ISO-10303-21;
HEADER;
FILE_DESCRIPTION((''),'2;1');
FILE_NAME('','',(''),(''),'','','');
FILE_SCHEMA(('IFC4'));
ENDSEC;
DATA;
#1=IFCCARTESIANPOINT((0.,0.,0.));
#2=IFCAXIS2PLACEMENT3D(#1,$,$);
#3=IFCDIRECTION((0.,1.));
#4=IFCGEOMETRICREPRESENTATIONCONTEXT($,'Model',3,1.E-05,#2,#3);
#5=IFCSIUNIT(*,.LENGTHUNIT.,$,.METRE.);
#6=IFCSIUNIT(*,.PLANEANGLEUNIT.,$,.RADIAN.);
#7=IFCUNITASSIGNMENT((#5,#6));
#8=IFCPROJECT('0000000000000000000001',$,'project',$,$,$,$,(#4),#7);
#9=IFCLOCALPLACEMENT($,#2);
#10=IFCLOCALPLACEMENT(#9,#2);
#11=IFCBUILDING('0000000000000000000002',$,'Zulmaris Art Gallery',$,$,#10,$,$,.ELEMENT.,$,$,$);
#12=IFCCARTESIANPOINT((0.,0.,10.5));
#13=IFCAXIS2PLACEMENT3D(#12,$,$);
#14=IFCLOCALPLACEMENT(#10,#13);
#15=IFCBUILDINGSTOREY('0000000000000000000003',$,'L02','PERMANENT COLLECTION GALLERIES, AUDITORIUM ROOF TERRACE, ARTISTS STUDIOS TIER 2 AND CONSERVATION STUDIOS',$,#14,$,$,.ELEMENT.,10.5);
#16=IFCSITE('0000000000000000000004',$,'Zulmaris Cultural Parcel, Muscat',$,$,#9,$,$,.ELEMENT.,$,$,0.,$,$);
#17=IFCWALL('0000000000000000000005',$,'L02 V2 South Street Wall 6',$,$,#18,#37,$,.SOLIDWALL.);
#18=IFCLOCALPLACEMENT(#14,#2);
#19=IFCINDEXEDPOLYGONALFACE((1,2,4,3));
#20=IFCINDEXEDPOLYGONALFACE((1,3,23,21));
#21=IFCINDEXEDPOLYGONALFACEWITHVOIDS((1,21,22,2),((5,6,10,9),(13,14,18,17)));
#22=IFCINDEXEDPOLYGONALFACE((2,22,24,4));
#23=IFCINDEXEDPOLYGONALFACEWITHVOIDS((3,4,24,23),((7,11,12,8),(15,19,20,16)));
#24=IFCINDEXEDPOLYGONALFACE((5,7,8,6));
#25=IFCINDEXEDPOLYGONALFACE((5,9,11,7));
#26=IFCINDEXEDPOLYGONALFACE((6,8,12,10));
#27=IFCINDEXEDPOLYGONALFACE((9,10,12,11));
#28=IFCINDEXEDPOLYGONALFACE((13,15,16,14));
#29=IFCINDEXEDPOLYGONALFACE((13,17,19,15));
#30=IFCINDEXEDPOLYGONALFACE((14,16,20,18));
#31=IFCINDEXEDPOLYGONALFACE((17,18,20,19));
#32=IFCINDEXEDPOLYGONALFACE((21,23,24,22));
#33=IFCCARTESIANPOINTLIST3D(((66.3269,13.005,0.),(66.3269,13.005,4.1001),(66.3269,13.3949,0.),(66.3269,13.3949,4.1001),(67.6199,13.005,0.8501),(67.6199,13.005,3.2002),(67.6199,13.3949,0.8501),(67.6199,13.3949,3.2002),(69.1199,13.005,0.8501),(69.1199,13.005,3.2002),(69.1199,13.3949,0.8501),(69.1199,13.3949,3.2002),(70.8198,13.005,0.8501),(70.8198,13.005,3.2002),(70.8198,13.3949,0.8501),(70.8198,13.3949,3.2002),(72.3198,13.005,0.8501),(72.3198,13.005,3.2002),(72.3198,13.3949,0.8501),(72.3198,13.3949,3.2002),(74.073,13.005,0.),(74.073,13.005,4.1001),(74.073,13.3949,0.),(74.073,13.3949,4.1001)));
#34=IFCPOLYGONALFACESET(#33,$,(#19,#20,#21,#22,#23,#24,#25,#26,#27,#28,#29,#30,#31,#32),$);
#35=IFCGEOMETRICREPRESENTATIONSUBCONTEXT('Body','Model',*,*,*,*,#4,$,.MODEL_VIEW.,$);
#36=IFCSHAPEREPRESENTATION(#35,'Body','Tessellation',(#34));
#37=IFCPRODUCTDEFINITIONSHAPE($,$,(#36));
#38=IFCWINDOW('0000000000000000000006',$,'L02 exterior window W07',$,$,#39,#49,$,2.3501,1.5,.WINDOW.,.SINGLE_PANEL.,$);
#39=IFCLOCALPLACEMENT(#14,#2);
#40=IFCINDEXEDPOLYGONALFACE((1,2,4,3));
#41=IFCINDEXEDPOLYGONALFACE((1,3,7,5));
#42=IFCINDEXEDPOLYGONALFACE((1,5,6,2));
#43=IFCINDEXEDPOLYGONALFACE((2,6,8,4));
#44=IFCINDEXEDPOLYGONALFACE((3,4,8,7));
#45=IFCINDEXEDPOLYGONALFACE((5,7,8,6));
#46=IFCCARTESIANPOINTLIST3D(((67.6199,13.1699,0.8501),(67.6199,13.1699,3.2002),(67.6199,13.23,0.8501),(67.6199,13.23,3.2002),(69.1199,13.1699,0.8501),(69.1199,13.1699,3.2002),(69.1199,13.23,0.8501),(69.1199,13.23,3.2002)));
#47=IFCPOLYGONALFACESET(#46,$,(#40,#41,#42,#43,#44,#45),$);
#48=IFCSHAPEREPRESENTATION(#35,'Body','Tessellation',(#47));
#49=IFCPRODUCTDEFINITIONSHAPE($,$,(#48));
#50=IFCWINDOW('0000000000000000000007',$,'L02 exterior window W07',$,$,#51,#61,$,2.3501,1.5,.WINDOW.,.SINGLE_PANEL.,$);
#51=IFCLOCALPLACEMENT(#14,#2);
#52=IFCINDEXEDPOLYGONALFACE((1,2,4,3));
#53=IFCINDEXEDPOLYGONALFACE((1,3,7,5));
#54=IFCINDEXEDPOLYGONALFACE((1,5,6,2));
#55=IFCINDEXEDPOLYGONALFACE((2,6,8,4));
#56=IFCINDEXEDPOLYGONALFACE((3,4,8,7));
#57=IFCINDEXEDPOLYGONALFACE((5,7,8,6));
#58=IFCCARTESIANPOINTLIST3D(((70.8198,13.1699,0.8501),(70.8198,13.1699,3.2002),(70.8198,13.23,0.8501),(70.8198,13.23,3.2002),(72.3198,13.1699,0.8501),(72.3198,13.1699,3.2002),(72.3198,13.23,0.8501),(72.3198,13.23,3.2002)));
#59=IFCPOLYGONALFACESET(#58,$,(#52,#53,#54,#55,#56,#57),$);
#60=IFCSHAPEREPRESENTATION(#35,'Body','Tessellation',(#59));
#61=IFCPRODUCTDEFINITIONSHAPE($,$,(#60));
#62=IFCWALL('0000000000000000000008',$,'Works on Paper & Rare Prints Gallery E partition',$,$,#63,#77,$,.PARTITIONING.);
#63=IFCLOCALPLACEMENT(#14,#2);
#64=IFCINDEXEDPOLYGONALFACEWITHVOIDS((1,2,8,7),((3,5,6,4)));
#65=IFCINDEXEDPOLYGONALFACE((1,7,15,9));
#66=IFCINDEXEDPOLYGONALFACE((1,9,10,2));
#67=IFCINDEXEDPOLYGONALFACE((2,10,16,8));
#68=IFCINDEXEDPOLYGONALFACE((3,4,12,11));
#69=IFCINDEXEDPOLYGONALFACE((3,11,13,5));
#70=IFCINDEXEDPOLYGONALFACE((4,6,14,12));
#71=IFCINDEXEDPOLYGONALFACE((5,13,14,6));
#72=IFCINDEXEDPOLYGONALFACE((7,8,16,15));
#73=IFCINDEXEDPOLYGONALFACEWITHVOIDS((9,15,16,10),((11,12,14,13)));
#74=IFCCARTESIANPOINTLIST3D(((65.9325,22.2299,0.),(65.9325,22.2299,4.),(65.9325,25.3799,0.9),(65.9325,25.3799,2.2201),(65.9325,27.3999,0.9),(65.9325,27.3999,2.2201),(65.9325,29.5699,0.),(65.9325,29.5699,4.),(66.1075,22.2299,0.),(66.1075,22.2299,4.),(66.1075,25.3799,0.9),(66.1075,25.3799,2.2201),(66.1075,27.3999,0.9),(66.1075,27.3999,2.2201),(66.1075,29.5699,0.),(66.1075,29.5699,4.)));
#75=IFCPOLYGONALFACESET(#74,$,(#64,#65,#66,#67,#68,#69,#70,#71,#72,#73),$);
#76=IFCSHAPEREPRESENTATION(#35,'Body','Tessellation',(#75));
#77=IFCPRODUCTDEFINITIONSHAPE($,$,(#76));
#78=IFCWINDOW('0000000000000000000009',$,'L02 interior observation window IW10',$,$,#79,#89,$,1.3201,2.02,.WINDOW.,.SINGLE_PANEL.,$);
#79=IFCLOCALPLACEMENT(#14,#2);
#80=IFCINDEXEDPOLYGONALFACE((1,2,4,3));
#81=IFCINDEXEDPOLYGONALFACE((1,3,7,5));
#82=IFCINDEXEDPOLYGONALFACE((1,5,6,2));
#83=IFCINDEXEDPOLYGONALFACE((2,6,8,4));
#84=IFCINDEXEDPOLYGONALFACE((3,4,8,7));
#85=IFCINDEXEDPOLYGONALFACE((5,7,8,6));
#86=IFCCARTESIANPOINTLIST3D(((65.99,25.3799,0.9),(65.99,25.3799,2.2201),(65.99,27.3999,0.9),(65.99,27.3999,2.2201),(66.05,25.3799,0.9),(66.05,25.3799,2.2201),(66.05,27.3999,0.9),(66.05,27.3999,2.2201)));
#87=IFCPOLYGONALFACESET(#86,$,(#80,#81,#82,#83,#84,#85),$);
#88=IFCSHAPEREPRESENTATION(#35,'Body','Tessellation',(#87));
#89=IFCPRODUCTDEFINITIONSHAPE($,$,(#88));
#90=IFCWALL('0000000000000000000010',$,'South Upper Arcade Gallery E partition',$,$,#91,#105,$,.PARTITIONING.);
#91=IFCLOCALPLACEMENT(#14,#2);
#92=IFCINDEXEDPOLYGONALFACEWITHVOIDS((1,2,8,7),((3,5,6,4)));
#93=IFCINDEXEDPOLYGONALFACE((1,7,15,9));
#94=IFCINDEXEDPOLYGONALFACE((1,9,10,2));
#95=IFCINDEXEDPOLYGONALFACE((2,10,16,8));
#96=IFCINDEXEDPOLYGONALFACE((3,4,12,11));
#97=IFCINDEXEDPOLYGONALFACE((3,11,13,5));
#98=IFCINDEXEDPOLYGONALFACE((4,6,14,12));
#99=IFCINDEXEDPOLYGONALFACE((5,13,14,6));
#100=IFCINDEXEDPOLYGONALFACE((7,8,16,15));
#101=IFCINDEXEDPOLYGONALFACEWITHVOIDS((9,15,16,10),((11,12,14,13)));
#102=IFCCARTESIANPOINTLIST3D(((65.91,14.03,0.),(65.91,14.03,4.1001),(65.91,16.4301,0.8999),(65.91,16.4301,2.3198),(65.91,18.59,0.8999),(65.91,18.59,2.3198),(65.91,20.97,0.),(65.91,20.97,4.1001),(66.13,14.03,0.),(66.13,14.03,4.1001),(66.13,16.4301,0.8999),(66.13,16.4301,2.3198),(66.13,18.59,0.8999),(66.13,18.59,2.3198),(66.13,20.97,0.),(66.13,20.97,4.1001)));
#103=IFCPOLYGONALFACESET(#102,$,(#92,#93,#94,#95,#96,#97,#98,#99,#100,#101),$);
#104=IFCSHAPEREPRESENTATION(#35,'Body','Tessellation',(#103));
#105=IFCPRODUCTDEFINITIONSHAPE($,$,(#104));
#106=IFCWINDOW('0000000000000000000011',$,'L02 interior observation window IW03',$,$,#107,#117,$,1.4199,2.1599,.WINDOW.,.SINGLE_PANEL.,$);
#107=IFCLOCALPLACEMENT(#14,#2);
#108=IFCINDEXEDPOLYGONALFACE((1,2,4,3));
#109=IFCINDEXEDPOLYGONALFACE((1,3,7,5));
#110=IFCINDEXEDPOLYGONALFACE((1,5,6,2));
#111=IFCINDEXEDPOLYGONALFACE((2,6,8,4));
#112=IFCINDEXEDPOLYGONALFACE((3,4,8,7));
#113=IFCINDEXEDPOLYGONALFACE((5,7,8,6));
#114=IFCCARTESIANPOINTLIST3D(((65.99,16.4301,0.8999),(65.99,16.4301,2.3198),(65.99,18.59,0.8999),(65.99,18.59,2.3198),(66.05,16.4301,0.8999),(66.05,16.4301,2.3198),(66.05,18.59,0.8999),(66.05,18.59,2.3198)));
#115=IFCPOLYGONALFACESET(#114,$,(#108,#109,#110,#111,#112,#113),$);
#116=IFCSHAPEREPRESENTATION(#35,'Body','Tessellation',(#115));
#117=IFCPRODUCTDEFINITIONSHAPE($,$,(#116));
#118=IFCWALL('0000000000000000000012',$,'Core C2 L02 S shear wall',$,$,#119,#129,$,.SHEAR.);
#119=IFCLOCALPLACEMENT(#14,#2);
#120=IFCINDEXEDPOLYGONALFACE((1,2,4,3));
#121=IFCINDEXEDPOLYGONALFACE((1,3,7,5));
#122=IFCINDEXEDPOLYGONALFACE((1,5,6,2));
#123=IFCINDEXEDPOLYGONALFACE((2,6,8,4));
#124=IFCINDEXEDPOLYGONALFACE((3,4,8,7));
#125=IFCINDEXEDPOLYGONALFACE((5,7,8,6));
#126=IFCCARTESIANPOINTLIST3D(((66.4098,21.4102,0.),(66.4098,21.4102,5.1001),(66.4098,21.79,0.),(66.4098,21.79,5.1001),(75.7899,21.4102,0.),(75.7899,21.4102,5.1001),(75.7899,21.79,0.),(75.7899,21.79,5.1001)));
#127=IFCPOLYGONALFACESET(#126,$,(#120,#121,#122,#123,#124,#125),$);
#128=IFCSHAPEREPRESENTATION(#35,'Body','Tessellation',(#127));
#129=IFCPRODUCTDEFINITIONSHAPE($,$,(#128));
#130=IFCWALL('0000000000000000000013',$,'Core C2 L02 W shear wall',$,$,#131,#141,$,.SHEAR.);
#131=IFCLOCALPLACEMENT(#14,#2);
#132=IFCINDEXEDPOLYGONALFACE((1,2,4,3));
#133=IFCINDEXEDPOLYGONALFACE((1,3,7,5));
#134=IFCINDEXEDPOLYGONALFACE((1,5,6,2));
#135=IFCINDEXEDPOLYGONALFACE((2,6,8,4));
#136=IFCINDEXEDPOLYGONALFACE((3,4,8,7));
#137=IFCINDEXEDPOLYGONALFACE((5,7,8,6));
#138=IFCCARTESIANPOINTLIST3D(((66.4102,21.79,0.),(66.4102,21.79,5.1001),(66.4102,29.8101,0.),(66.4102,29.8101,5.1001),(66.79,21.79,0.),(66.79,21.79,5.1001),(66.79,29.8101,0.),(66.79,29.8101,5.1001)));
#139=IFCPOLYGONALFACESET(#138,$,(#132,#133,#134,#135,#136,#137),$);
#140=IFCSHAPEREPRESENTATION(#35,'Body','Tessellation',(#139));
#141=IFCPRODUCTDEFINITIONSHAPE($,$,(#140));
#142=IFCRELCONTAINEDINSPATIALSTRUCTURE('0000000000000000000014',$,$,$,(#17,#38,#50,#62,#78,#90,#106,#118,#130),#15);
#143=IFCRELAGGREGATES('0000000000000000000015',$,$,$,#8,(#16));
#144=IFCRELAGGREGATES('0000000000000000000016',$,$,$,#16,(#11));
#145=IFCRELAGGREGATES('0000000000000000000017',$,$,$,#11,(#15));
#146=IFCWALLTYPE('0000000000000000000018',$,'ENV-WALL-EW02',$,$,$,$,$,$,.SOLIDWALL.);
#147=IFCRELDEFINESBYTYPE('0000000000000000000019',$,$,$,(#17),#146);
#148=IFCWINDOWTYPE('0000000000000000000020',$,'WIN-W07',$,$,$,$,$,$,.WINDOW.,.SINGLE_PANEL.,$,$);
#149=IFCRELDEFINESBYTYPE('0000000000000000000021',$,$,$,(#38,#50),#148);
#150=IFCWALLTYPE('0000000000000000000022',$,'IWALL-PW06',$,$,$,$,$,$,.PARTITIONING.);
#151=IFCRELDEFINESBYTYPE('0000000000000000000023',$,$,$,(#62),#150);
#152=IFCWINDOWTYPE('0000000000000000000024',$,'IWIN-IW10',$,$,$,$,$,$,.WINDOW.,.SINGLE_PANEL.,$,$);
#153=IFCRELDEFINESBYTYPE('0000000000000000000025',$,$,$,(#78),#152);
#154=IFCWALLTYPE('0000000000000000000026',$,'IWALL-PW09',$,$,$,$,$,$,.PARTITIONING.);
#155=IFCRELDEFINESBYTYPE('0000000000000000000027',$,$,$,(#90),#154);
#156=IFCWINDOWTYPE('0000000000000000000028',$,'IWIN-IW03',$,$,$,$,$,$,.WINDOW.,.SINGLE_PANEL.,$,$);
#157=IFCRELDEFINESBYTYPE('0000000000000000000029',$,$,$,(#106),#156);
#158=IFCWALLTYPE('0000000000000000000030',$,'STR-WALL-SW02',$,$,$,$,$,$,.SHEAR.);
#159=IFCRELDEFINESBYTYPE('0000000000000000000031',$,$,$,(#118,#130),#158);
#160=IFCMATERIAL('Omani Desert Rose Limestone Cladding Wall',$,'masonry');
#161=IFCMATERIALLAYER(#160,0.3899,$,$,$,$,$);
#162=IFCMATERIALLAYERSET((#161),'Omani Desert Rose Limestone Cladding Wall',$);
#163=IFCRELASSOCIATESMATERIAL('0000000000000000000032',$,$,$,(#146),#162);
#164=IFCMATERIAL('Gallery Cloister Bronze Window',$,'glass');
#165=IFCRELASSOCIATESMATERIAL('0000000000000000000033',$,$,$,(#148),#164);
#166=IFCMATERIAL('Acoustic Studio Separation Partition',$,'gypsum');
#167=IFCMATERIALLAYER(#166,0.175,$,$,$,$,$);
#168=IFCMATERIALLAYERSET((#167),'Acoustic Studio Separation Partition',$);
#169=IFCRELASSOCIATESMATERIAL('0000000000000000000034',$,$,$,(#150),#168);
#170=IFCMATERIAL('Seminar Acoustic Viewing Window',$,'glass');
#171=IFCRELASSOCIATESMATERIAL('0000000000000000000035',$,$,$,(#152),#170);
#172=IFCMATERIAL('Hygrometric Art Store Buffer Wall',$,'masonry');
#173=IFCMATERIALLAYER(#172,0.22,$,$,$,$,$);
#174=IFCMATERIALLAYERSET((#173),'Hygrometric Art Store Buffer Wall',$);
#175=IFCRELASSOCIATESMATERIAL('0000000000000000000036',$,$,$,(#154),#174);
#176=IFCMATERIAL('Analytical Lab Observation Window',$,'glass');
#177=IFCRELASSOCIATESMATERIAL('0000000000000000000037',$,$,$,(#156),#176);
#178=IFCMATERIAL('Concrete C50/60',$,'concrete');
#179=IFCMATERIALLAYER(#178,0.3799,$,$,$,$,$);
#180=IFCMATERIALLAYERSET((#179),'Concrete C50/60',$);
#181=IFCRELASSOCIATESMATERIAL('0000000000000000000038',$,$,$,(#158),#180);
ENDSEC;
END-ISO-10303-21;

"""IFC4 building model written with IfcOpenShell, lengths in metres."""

from ifc_helpers import new_model, si_unit, direction, frame, frame_2d, origin, place, context, subcontext, project, spatial, rectangle, extrude, material, layer, layer_set, type_object, element, fill, save


model = new_model("IFC4")

# Units and contexts
model_context = context("Model", 3, precision=1e-05, world=origin(), true_north=direction((0.0, 1.0)))
body_context = subcontext(model_context, "Body", "Model", "MODEL_VIEW")
ifc_project = project(units=[si_unit("LENGTHUNIT", "METRE"), si_unit("PLANEANGLEUNIT", "RADIAN")], contexts=[model_context])

# Site, building, storey
site_placement = place(None, origin())
site = spatial("IfcSite", under=ifc_project, at=site_placement, Name="Zulmaris Cultural Parcel, Muscat", CompositionType="ELEMENT", RefElevation=0.0)
building_placement = place(site_placement, origin())
building = spatial("IfcBuilding", under=site, at=building_placement, Name="Zulmaris Art Gallery", CompositionType="ELEMENT")
storey_placement = place(building_placement, frame((0.0, 0.0, 10.5)))
storey = spatial("IfcBuildingStorey", under=building, at=storey_placement, Name="L02", Description="PERMANENT COLLECTION GALLERIES, AUDITORIUM ROOF TERRACE, ARTISTS STUDIOS TIER 2 AND CONSERVATION STUDIOS", CompositionType="ELEMENT", Elevation=10.5)

# Shared definitions
ifc_material_1 = material(Name="Concrete C50/60", Category="concrete")

# Wall, openings, windows
ifc_material_2 = material(Name="Omani Desert Rose Limestone Cladding Wall", Category="masonry")
ifc_layer_1 = layer(ifc_material_2, 0.3899)
ifc_layer_set_1 = layer_set([ifc_layer_1], Name="Omani Desert Rose Limestone Cladding Wall")
wall_type_1 = type_object("IfcWallType", Name="ENV-WALL-EW02", PredefinedType="SOLIDWALL", material=ifc_layer_set_1)
wall_1_placement = place(storey_placement, frame((66.3269, 13.2, 0.0), z_axis=(0.0, 0.0, 1.0), x_axis=(1.0, 0.0, 0.0)))
wall_1 = element("IfcWall", 1, at=wall_1_placement, inside=storey, type_object=wall_type_1, Name="L02 V2 South Street Wall 6", PredefinedType="SOLIDWALL", context=body_context, shape_type="SweptSolid", body=[
    extrude(rectangle(XDim=7.7461, YDim=0.3899, at=frame_2d((3.873, 0.0))), origin(), (0.0, 0.0, 1.0), 4.1001),
])
opening_1_placement = place(wall_1_placement, frame((1.293, 0.0, 0.8501)))
opening_1 = element("IfcOpeningElement", 2, at=opening_1_placement, cuts=wall_1, PredefinedType="OPENING", context=body_context, shape_type="SweptSolid", body=[
    extrude(rectangle(XDim=1.5, YDim=2.3501, at=frame_2d((0.75, 1.175))), frame((0.0, 0.2048, 0.0), z_axis=(0.0, -1.0, 0.0), x_axis=(1.0, 0.0, 0.0)), (0.0, 0.0, 1.0), 0.4099),
])
opening_2_placement = place(wall_1_placement, frame((4.4929, 0.0, 0.8501)))
opening_2 = element("IfcOpeningElement", 3, at=opening_2_placement, cuts=wall_1, PredefinedType="OPENING", context=body_context, shape_type="SweptSolid", body=[
    extrude(rectangle(XDim=1.5, YDim=2.3501, at=frame_2d((0.75, 1.175))), frame((0.0, 0.2048, 0.0), z_axis=(0.0, -1.0, 0.0), x_axis=(1.0, 0.0, 0.0)), (0.0, 0.0, 1.0), 0.4099),
])
ifc_material_3 = material(Name="Gallery Cloister Bronze Window", Category="glass")
window_type_1 = type_object("IfcWindowType", Name="WIN-W07", PartitioningType="SINGLE_PANEL", PredefinedType="WINDOW", material=ifc_material_3)
window_1_placement = place(opening_1_placement, origin())
window_1 = element("IfcWindow", 4, at=window_1_placement, inside=storey, type_object=window_type_1, Name="L02 exterior window W07", OverallHeight=2.3501, OverallWidth=1.5, PartitioningType="SINGLE_PANEL", PredefinedType="WINDOW", context=body_context, shape_type="SweptSolid", body=[
    extrude(rectangle(XDim=1.5, YDim=2.3501, at=frame_2d((0.75, 1.175))), frame((0.0, 0.03, 0.0), z_axis=(0.0, -1.0, 0.0), x_axis=(1.0, 0.0, 0.0)), (0.0, 0.0, 1.0), 0.0601),
])
fill(opening_1, window_1)
window_2_placement = place(opening_2_placement, origin())
window_2 = element("IfcWindow", 5, at=window_2_placement, inside=storey, type_object=window_type_1, Name="L02 exterior window W07", OverallHeight=2.3501, OverallWidth=1.5, PartitioningType="SINGLE_PANEL", PredefinedType="WINDOW", context=body_context, shape_type="SweptSolid", body=[
    extrude(rectangle(XDim=1.5, YDim=2.3501, at=frame_2d((0.75, 1.175))), frame((0.0, 0.03, 0.0), z_axis=(0.0, -1.0, 0.0), x_axis=(1.0, 0.0, 0.0)), (0.0, 0.0, 1.0), 0.0601),
])
fill(opening_2, window_2)

# Walls, openings, windows
ifc_material_4 = material(Name="Acoustic Studio Separation Partition", Category="gypsum")
ifc_layer_2 = layer(ifc_material_4, 0.175)
ifc_layer_set_2 = layer_set([ifc_layer_2], Name="Acoustic Studio Separation Partition")
wall_type_2 = type_object("IfcWallType", Name="IWALL-PW06", PredefinedType="PARTITIONING", material=ifc_layer_set_2)
wall_2_placement = place(storey_placement, frame((66.02, 22.23, 0.0), z_axis=(0.0, 0.0, 1.0), x_axis=(0.0, 1.0, 0.0)))
wall_2 = element("IfcWall", 6, at=wall_2_placement, inside=storey, type_object=wall_type_2, Name="Works on Paper & Rare Prints Gallery E partition", PredefinedType="PARTITIONING", context=body_context, shape_type="SweptSolid", body=[
    extrude(rectangle(XDim=7.3401, YDim=0.175, at=frame_2d((3.6699, 0.0))), origin(), (0.0, 0.0, 1.0), 4.0),
])
opening_3_placement = place(wall_2_placement, frame((3.1499, 0.0, 0.8999)))
opening_3 = element("IfcOpeningElement", 7, at=opening_3_placement, cuts=wall_2, PredefinedType="OPENING", context=body_context, shape_type="SweptSolid", body=[
    extrude(rectangle(XDim=2.02, YDim=1.3201, at=frame_2d((1.01, 0.6602))), frame((0.0, 0.0974, 0.0), z_axis=(0.0, -1.0, 0.0), x_axis=(1.0, 0.0, 0.0)), (0.0, 0.0, 1.0), 0.1951),
])
ifc_material_5 = material(Name="Seminar Acoustic Viewing Window", Category="glass")
window_type_2 = type_object("IfcWindowType", Name="IWIN-IW10", PartitioningType="SINGLE_PANEL", PredefinedType="WINDOW", material=ifc_material_5)
window_3_placement = place(opening_3_placement, origin())
window_3 = element("IfcWindow", 8, at=window_3_placement, inside=storey, type_object=window_type_2, Name="L02 interior observation window IW10", OverallHeight=1.3201, OverallWidth=2.02, PartitioningType="SINGLE_PANEL", PredefinedType="WINDOW", context=body_context, shape_type="SweptSolid", body=[
    extrude(rectangle(XDim=2.02, YDim=1.3201, at=frame_2d((1.01, 0.6602))), frame((0.0, 0.03, 0.0), z_axis=(0.0, -1.0, 0.0), x_axis=(1.0, 0.0, 0.0)), (0.0, 0.0, 1.0), 0.0601),
])
fill(opening_3, window_3)
ifc_material_6 = material(Name="Hygrometric Art Store Buffer Wall", Category="masonry")
ifc_layer_3 = layer(ifc_material_6, 0.22)
ifc_layer_set_3 = layer_set([ifc_layer_3], Name="Hygrometric Art Store Buffer Wall")
wall_type_3 = type_object("IfcWallType", Name="IWALL-PW09", PredefinedType="PARTITIONING", material=ifc_layer_set_3)
wall_3_placement = place(storey_placement, frame((66.02, 14.03, 0.0), z_axis=(0.0, 0.0, 1.0), x_axis=(0.0, 1.0, 0.0)))
wall_3 = element("IfcWall", 9, at=wall_3_placement, inside=storey, type_object=wall_type_3, Name="South Upper Arcade Gallery E partition", PredefinedType="PARTITIONING", context=body_context, shape_type="SweptSolid", body=[
    extrude(rectangle(XDim=6.9399, YDim=0.22, at=frame_2d((3.47, 0.0))), origin(), (0.0, 0.0, 1.0), 4.1001),
])
opening_4_placement = place(wall_3_placement, frame((2.3999, 0.0, 0.8999)))
opening_4 = element("IfcOpeningElement", 10, at=opening_4_placement, cuts=wall_3, PredefinedType="OPENING", context=body_context, shape_type="SweptSolid", body=[
    extrude(rectangle(XDim=2.1599, YDim=1.4199, at=frame_2d((1.0801, 0.71))), frame((0.0, 0.1199, 0.0), z_axis=(0.0, -1.0, 0.0), x_axis=(1.0, 0.0, 0.0)), (0.0, 0.0, 1.0), 0.24),
])
ifc_material_7 = material(Name="Analytical Lab Observation Window", Category="glass")
window_type_3 = type_object("IfcWindowType", Name="IWIN-IW03", PartitioningType="SINGLE_PANEL", PredefinedType="WINDOW", material=ifc_material_7)
window_4_placement = place(opening_4_placement, origin())
window_4 = element("IfcWindow", 11, at=window_4_placement, inside=storey, type_object=window_type_3, Name="L02 interior observation window IW03", OverallHeight=1.4199, OverallWidth=2.1599, PartitioningType="SINGLE_PANEL", PredefinedType="WINDOW", context=body_context, shape_type="SweptSolid", body=[
    extrude(rectangle(XDim=2.1599, YDim=1.4199, at=frame_2d((1.0801, 0.71))), frame((0.0, 0.03, 0.0), z_axis=(0.0, -1.0, 0.0), x_axis=(1.0, 0.0, 0.0)), (0.0, 0.0, 1.0), 0.0601),
])
fill(opening_4, window_4)

# Walls
ifc_layer_4 = layer(ifc_material_1, 0.3799)
ifc_layer_set_4 = layer_set([ifc_layer_4], Name="Concrete C50/60")
wall_type_4 = type_object("IfcWallType", Name="STR-WALL-SW02", PredefinedType="SHEAR", material=ifc_layer_set_4)
wall_4_placement = place(storey_placement, frame((66.4099, 21.6001, 0.0), z_axis=(0.0, 0.0, 1.0), x_axis=(1.0, 0.0, 0.0)))
element("IfcWall", 12, at=wall_4_placement, inside=storey, type_object=wall_type_4, Name="Core C2 L02 S shear wall", PredefinedType="SHEAR", context=body_context, shape_type="SweptSolid", body=[
    extrude(rectangle(XDim=9.3801, YDim=0.3799, at=frame_2d((4.6899, 0.0))), origin(), (0.0, 0.0, 1.0), 5.1001),
])
wall_5_placement = place(storey_placement, frame((66.6001, 21.79, 0.0), z_axis=(0.0, 0.0, 1.0), x_axis=(0.0, 1.0, 0.0)))
element("IfcWall", 13, at=wall_5_placement, inside=storey, type_object=wall_type_4, Name="Core C2 L02 W shear wall", PredefinedType="SHEAR", context=body_context, shape_type="SweptSolid", body=[
    extrude(rectangle(XDim=8.02, YDim=0.3799, at=frame_2d((4.01, 0.0))), origin(), (0.0, 0.0, 1.0), 5.1001),
])

save(model, "model.ifc")
